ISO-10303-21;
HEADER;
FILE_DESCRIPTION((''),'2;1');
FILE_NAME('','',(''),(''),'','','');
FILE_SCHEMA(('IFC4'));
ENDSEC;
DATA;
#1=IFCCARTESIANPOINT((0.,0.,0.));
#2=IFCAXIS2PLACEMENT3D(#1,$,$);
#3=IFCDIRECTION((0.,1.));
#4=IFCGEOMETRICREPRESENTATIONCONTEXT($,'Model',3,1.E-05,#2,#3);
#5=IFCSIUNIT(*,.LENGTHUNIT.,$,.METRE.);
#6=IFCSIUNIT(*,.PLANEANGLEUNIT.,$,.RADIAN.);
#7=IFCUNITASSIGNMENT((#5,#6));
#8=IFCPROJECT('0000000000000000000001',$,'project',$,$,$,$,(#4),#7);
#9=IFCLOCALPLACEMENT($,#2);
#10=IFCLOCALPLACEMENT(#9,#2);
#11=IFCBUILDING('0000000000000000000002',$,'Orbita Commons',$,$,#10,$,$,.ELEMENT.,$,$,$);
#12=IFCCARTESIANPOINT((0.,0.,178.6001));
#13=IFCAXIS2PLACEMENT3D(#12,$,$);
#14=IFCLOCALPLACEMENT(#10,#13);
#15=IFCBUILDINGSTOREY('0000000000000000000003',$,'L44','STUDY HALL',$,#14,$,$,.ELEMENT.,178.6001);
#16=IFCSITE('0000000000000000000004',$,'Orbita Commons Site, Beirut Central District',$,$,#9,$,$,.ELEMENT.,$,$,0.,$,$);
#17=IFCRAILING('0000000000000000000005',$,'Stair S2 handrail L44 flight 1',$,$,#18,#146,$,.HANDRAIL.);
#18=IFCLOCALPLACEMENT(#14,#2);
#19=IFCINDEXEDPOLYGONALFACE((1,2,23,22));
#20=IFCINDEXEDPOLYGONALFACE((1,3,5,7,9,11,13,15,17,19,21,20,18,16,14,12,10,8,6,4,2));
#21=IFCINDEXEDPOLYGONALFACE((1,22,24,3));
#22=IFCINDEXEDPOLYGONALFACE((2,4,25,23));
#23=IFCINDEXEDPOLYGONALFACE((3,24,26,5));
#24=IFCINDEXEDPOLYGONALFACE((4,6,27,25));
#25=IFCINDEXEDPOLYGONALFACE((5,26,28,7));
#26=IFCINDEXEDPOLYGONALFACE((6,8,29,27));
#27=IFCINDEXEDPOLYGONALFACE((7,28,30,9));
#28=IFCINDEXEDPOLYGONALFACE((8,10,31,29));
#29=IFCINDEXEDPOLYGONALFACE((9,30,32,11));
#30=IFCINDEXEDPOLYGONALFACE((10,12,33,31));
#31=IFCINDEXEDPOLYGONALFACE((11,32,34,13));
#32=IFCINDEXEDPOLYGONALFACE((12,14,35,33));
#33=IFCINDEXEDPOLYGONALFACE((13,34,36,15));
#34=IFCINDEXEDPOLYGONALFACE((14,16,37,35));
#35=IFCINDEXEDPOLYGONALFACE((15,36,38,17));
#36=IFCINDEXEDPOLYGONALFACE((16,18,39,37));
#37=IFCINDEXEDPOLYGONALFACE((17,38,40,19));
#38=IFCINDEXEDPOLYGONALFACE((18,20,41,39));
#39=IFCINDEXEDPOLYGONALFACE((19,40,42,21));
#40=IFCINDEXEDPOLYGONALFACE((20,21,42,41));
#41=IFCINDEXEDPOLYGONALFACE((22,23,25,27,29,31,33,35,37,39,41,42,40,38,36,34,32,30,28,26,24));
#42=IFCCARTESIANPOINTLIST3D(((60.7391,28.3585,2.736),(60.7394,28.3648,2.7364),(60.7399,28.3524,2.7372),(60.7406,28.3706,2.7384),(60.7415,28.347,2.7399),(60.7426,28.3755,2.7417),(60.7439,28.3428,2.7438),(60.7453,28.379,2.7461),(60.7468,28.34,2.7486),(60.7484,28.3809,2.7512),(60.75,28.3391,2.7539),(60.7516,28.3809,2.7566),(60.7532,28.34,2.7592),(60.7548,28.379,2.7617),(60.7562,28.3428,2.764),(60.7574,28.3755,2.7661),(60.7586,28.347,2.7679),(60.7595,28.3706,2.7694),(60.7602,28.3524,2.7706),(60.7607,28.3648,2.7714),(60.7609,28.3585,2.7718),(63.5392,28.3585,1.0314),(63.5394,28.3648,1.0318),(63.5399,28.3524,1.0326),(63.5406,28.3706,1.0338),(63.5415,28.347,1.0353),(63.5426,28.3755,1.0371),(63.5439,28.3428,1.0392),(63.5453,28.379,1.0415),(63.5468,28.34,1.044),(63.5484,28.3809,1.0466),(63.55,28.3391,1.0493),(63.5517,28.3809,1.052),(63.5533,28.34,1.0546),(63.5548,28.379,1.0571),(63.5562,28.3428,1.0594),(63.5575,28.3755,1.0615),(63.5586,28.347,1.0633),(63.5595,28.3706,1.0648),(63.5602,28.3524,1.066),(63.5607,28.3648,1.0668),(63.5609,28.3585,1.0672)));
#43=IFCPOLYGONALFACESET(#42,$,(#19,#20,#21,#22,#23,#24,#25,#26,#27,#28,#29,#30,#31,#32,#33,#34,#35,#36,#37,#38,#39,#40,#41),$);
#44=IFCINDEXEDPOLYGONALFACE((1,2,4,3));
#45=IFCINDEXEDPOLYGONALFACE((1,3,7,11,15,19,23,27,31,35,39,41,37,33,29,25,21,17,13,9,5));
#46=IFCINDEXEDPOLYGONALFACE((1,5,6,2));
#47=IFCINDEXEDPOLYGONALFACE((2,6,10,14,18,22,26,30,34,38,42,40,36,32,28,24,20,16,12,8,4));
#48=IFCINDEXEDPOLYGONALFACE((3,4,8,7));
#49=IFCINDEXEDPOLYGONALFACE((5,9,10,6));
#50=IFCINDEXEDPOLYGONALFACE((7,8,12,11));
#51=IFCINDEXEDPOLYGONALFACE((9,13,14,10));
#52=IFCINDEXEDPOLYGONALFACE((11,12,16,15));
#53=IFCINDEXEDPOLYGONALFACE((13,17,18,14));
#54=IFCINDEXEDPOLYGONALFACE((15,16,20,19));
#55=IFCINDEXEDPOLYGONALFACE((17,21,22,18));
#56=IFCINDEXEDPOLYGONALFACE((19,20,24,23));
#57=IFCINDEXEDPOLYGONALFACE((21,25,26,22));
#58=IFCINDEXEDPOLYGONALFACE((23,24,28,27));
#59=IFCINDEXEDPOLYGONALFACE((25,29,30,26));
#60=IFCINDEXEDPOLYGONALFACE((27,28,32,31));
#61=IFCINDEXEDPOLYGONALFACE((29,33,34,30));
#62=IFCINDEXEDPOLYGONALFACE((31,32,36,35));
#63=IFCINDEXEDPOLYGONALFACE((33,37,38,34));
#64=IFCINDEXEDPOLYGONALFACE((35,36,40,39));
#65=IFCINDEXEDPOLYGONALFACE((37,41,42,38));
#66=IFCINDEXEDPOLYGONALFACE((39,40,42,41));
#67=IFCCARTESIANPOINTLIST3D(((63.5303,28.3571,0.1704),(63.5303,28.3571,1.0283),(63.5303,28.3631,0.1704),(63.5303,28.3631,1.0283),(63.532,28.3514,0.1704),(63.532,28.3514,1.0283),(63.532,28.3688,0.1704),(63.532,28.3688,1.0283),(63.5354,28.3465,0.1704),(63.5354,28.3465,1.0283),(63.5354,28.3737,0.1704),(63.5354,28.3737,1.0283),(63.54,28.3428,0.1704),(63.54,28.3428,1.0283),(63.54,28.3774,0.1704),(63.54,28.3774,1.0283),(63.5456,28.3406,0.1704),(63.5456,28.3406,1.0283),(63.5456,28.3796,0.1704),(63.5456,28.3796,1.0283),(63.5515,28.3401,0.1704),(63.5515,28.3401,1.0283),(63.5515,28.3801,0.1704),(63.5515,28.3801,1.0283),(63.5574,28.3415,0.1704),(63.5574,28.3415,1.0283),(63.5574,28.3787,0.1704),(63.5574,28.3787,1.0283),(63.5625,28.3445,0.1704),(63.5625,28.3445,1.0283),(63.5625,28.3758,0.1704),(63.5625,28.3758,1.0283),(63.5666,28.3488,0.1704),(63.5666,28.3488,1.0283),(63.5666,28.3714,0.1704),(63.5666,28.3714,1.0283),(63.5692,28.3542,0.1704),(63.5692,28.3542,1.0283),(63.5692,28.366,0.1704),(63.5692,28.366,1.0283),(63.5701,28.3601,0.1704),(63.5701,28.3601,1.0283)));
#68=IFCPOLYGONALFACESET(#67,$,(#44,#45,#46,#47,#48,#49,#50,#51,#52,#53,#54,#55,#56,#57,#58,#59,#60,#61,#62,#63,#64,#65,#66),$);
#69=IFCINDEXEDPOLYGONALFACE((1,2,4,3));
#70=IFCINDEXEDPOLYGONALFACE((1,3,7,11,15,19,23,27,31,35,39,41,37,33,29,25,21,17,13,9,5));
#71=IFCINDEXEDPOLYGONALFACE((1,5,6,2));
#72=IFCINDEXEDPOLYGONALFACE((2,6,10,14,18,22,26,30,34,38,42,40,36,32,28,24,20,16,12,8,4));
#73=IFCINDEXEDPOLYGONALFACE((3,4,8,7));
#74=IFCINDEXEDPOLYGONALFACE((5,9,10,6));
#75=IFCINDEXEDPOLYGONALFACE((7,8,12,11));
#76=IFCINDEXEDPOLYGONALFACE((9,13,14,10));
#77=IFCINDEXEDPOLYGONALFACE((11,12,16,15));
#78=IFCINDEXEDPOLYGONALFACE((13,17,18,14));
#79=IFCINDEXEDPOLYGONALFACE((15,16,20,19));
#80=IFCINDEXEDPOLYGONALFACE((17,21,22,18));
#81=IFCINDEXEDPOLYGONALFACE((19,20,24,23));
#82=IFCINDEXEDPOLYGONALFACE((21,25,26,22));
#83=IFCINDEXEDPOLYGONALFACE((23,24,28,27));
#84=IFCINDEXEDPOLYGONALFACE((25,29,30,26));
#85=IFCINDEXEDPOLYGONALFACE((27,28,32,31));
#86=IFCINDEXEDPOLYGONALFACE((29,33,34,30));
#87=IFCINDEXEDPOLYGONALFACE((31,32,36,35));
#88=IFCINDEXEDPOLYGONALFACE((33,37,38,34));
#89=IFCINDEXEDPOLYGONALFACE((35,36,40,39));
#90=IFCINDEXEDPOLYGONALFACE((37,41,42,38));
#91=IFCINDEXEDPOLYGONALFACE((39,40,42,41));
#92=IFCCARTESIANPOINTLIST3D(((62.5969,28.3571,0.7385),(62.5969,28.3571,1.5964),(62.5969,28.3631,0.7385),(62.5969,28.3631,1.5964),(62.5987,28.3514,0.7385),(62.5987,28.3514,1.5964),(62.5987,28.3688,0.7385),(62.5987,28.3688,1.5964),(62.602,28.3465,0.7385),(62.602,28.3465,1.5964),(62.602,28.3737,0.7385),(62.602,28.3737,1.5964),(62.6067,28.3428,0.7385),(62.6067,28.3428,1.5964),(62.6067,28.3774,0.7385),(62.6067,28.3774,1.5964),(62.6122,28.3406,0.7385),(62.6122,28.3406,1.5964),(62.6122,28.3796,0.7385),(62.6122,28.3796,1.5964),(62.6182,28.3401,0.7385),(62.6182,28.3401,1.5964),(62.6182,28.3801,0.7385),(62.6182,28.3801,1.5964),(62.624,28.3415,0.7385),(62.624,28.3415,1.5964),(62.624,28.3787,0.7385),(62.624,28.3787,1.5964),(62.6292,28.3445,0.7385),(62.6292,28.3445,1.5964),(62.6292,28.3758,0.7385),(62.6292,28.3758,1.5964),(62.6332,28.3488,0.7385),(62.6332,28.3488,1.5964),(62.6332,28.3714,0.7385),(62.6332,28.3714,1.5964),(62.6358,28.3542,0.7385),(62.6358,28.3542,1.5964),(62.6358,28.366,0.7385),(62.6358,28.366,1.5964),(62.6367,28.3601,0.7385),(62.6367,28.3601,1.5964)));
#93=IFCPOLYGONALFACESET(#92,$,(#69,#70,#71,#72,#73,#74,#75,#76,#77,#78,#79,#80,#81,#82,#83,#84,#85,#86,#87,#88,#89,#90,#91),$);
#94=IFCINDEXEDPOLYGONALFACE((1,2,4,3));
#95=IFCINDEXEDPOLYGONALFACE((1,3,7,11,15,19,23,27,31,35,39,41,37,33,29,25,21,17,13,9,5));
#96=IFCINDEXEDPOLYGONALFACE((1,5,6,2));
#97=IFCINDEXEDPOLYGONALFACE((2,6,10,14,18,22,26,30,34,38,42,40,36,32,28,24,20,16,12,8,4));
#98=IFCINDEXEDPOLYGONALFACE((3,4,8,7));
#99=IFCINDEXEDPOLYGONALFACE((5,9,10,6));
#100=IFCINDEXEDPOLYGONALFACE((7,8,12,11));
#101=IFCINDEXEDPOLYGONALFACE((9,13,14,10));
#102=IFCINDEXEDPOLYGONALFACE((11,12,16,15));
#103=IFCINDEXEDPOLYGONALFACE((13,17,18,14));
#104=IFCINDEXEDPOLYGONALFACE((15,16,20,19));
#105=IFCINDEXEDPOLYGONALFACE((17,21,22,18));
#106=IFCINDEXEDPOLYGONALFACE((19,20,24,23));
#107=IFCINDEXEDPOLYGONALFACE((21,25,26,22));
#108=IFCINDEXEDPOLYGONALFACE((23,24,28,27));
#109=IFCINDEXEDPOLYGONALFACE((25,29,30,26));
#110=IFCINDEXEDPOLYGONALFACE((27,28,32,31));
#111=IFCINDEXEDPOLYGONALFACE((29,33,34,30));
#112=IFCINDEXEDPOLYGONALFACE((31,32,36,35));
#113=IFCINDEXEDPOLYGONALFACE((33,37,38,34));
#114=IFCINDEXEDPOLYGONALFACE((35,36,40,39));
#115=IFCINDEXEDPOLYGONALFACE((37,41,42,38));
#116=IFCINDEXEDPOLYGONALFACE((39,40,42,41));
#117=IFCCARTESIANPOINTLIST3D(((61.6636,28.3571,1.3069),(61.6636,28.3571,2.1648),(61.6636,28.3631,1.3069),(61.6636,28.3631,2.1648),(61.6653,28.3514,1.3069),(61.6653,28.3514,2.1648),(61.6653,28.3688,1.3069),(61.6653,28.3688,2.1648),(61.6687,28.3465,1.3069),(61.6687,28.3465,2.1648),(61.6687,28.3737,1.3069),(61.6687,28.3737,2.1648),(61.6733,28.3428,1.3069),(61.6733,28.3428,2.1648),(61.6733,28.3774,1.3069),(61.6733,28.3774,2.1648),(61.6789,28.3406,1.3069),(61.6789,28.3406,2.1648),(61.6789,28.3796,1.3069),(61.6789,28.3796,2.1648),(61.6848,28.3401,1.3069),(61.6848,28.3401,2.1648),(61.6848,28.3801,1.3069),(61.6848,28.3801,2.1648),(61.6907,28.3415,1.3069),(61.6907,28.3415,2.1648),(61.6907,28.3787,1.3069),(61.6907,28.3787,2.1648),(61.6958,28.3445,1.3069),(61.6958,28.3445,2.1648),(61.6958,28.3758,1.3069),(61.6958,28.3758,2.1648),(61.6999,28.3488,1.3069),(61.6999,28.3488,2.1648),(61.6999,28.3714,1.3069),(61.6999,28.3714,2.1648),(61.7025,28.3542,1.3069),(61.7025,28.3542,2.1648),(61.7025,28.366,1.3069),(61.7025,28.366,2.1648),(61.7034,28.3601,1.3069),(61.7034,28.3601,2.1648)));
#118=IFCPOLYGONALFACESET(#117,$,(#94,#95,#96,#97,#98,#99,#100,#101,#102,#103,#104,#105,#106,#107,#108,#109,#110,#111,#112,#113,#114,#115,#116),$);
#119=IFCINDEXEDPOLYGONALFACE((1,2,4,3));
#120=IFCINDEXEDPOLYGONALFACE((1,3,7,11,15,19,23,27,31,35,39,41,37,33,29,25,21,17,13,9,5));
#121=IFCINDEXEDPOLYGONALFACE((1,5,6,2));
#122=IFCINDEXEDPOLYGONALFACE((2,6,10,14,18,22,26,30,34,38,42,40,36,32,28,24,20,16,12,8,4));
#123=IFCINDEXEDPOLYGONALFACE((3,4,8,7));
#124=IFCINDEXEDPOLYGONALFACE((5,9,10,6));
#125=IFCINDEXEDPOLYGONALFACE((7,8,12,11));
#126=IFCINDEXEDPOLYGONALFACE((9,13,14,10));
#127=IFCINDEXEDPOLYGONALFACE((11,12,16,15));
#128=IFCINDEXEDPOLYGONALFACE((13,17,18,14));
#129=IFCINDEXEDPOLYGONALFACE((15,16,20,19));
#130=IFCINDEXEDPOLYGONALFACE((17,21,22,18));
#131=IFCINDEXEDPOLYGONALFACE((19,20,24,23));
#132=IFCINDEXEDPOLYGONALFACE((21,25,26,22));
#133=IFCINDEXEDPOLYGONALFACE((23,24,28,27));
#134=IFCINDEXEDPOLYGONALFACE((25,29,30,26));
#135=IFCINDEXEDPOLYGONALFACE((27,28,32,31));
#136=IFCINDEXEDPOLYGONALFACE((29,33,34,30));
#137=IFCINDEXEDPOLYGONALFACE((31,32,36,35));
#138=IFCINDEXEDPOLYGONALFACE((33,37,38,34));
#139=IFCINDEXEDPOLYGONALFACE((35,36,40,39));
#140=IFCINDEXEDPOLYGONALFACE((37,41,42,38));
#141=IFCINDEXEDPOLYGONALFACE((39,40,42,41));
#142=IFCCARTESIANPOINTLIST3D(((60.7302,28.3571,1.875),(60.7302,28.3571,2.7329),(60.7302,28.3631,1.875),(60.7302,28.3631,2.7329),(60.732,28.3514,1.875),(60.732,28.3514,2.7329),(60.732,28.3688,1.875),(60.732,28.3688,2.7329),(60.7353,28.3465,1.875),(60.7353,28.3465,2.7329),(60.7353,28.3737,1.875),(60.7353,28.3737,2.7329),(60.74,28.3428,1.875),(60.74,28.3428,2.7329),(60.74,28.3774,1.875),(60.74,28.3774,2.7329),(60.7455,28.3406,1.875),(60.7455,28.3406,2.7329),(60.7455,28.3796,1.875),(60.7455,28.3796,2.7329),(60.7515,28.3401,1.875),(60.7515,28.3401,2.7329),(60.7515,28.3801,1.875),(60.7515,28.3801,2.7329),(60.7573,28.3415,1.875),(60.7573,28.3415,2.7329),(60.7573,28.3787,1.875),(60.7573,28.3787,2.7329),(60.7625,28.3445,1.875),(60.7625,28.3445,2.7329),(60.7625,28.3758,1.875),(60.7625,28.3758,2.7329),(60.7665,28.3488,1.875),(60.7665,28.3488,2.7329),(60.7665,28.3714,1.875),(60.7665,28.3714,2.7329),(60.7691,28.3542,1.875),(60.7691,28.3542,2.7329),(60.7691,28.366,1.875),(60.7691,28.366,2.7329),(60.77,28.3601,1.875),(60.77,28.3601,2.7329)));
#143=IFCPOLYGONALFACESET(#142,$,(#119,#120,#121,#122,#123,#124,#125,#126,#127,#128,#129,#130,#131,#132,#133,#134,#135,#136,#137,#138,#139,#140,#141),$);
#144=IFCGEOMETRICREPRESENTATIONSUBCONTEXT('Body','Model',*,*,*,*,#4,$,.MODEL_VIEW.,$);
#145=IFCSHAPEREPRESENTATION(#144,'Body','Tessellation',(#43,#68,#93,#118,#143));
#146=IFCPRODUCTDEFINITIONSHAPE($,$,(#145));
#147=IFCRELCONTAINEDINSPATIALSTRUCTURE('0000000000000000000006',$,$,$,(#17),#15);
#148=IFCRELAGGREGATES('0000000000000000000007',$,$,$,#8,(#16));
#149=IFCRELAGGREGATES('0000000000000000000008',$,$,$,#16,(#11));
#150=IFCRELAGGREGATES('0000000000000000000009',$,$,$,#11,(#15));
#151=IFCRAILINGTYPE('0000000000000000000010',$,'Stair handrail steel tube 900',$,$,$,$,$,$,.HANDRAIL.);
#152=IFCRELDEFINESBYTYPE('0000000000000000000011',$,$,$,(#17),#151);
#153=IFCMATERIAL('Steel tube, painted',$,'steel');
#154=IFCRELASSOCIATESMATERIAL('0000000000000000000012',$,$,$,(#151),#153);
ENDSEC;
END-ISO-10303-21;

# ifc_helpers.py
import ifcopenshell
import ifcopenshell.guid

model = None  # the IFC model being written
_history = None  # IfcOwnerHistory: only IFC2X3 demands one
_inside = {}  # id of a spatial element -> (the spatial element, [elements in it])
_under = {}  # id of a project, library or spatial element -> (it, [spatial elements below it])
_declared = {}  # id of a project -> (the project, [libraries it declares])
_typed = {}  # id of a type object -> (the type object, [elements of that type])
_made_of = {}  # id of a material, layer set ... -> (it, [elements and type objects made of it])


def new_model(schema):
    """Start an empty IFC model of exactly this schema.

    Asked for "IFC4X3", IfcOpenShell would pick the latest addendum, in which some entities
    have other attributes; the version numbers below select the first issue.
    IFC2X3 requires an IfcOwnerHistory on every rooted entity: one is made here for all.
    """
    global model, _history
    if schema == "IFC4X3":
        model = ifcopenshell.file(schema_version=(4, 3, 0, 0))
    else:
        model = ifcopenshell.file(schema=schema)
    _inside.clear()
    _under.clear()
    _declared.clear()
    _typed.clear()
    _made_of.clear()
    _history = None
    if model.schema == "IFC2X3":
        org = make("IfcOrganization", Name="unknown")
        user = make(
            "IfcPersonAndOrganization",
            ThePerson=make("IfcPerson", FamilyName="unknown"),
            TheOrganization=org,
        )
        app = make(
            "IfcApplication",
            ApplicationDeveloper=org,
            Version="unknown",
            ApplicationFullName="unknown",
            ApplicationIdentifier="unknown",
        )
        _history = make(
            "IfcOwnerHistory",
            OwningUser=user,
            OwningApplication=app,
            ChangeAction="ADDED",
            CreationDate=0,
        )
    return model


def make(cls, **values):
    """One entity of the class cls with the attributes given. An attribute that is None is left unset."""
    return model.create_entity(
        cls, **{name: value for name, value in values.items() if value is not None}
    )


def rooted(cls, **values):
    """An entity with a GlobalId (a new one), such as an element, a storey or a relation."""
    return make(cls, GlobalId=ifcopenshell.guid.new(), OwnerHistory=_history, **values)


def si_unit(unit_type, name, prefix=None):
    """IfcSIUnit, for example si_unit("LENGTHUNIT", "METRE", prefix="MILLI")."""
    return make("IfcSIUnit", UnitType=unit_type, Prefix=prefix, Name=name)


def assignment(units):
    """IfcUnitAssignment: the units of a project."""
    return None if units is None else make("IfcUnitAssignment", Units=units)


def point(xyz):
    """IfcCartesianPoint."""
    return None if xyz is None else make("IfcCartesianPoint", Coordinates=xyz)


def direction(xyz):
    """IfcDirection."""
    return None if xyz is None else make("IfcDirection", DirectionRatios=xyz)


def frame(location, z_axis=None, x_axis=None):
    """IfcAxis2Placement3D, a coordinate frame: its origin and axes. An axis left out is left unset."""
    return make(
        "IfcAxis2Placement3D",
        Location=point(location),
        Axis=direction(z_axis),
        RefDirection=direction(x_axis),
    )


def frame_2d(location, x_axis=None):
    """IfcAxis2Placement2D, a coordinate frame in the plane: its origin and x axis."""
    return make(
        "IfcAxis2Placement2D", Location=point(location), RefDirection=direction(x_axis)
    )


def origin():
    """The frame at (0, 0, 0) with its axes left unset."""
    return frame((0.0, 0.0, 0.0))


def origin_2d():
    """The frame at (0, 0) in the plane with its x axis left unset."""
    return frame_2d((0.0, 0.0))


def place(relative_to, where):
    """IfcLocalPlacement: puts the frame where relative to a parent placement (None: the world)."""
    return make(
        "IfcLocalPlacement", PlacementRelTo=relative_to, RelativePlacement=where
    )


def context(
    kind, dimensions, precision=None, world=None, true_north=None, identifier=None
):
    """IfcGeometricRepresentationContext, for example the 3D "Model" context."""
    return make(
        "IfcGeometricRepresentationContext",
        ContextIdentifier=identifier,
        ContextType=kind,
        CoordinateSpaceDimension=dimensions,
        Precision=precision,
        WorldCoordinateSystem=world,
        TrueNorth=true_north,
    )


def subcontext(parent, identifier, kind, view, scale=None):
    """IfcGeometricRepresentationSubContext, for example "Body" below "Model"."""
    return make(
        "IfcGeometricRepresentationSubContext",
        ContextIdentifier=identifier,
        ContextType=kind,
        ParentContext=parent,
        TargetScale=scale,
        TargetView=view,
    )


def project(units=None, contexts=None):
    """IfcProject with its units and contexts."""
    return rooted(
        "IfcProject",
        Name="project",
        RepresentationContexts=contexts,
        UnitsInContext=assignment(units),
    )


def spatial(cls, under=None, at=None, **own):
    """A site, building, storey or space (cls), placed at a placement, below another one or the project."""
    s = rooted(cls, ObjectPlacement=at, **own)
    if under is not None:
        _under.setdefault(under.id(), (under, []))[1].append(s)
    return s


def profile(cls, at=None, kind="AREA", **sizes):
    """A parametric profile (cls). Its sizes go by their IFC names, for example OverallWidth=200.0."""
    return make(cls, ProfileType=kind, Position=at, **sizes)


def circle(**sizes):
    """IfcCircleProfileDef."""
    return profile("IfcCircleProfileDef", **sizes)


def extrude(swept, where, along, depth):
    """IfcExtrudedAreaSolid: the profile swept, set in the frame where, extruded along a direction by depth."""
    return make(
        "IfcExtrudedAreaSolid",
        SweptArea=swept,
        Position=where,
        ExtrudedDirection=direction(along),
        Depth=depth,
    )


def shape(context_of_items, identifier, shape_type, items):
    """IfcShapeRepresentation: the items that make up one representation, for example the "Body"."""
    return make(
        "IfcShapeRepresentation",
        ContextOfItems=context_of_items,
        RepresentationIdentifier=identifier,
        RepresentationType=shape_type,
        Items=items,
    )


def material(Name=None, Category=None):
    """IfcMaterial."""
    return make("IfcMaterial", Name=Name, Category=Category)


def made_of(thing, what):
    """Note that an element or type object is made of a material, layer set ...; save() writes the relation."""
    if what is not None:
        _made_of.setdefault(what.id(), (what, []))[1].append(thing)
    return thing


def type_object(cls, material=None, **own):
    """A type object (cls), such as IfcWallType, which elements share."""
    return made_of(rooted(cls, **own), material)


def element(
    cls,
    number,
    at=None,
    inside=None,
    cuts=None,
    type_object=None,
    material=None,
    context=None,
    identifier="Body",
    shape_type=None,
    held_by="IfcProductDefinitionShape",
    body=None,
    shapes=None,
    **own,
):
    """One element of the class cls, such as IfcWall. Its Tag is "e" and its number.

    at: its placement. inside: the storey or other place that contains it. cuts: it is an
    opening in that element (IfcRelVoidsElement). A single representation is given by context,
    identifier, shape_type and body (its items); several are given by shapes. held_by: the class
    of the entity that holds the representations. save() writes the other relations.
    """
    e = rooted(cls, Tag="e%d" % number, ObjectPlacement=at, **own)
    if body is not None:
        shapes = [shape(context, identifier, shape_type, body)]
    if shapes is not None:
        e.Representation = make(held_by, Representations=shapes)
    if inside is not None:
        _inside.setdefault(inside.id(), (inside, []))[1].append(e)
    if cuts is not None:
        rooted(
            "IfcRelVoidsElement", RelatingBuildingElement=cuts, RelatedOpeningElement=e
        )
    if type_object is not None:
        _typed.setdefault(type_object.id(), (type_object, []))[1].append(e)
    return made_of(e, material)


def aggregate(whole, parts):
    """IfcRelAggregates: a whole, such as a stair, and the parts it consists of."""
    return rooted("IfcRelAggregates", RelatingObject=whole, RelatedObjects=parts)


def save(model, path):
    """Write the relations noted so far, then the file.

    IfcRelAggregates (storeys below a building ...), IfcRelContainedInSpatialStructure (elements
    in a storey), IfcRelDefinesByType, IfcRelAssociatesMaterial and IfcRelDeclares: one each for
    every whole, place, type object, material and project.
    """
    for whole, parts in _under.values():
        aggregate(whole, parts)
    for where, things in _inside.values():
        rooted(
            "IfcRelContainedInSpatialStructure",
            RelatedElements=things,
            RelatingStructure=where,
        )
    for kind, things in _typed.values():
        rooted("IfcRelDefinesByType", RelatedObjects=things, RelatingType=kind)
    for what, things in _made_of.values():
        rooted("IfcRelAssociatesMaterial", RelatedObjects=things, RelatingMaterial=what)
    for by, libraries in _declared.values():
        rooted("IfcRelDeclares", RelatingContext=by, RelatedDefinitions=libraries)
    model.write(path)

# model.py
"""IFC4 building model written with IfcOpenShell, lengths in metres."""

from ifc_helpers import new_model, si_unit, direction, frame, origin, origin_2d, place, context, subcontext, project, spatial, circle, extrude, material, type_object, element, save


model = new_model("IFC4")

# Units and contexts
model_context = context("Model", 3, precision=1e-05, world=origin(), true_north=direction((0.0, 1.0)))
body_context = subcontext(model_context, "Body", "Model", "MODEL_VIEW")
ifc_project = project(units=[si_unit("LENGTHUNIT", "METRE"), si_unit("PLANEANGLEUNIT", "RADIAN")], contexts=[model_context])

# Site, building, storey
site_placement = place(None, origin())
site = spatial("IfcSite", under=ifc_project, at=site_placement, Name="Orbita Commons Site, Beirut Central District", CompositionType="ELEMENT", RefElevation=0.0)
building_placement = place(site_placement, origin())
building = spatial("IfcBuilding", under=site, at=building_placement, Name="Orbita Commons", CompositionType="ELEMENT")
storey_placement = place(building_placement, frame((0.0, 0.0, 178.6001)))
storey = spatial("IfcBuildingStorey", under=building, at=storey_placement, Name="L44", Description="STUDY HALL", CompositionType="ELEMENT", Elevation=178.6001)

# Railing
ifc_material_1 = material(Name="Steel tube, painted", Category="steel")
railing_type = type_object("IfcRailingType", Name="Stair handrail steel tube 900", PredefinedType="HANDRAIL", material=ifc_material_1)
for number, where, name in (
    (1, (63.55, 28.3601, 0.1704), "Stair S2 handrail L44 flight 1"),
):
    element("IfcRailing", number, at=place(storey_placement, frame(where)), inside=storey, type_object=railing_type, Name=name, PredefinedType="HANDRAIL", context=body_context, shape_type="SweptSolid", body=[
        extrude(circle(Radius=0.021, at=origin_2d()), frame((0.0, 0.0, 0.8789), z_axis=(-0.85417, 0.0, 0.519994), x_axis=(0.0, -1.0, 0.0)), (0.0, 0.0, 1.0), 3.2781),
        extrude(circle(Radius=0.02, at=origin_2d()), origin(), (0.0, 0.0, 1.0), 0.8579),
        extrude(circle(Radius=0.02, at=origin_2d()), frame((-0.9333, 0.0, 0.5681)), (0.0, 0.0, 1.0), 0.8579),
        extrude(circle(Radius=0.02, at=origin_2d()), frame((-1.8667, 0.0, 1.1365)), (0.0, 0.0, 1.0), 0.8579),
        extrude(circle(Radius=0.02, at=origin_2d()), frame((-2.8, 0.0, 1.7046)), (0.0, 0.0, 1.0), 0.8579),
    ])

save(model, "model.ifc")
